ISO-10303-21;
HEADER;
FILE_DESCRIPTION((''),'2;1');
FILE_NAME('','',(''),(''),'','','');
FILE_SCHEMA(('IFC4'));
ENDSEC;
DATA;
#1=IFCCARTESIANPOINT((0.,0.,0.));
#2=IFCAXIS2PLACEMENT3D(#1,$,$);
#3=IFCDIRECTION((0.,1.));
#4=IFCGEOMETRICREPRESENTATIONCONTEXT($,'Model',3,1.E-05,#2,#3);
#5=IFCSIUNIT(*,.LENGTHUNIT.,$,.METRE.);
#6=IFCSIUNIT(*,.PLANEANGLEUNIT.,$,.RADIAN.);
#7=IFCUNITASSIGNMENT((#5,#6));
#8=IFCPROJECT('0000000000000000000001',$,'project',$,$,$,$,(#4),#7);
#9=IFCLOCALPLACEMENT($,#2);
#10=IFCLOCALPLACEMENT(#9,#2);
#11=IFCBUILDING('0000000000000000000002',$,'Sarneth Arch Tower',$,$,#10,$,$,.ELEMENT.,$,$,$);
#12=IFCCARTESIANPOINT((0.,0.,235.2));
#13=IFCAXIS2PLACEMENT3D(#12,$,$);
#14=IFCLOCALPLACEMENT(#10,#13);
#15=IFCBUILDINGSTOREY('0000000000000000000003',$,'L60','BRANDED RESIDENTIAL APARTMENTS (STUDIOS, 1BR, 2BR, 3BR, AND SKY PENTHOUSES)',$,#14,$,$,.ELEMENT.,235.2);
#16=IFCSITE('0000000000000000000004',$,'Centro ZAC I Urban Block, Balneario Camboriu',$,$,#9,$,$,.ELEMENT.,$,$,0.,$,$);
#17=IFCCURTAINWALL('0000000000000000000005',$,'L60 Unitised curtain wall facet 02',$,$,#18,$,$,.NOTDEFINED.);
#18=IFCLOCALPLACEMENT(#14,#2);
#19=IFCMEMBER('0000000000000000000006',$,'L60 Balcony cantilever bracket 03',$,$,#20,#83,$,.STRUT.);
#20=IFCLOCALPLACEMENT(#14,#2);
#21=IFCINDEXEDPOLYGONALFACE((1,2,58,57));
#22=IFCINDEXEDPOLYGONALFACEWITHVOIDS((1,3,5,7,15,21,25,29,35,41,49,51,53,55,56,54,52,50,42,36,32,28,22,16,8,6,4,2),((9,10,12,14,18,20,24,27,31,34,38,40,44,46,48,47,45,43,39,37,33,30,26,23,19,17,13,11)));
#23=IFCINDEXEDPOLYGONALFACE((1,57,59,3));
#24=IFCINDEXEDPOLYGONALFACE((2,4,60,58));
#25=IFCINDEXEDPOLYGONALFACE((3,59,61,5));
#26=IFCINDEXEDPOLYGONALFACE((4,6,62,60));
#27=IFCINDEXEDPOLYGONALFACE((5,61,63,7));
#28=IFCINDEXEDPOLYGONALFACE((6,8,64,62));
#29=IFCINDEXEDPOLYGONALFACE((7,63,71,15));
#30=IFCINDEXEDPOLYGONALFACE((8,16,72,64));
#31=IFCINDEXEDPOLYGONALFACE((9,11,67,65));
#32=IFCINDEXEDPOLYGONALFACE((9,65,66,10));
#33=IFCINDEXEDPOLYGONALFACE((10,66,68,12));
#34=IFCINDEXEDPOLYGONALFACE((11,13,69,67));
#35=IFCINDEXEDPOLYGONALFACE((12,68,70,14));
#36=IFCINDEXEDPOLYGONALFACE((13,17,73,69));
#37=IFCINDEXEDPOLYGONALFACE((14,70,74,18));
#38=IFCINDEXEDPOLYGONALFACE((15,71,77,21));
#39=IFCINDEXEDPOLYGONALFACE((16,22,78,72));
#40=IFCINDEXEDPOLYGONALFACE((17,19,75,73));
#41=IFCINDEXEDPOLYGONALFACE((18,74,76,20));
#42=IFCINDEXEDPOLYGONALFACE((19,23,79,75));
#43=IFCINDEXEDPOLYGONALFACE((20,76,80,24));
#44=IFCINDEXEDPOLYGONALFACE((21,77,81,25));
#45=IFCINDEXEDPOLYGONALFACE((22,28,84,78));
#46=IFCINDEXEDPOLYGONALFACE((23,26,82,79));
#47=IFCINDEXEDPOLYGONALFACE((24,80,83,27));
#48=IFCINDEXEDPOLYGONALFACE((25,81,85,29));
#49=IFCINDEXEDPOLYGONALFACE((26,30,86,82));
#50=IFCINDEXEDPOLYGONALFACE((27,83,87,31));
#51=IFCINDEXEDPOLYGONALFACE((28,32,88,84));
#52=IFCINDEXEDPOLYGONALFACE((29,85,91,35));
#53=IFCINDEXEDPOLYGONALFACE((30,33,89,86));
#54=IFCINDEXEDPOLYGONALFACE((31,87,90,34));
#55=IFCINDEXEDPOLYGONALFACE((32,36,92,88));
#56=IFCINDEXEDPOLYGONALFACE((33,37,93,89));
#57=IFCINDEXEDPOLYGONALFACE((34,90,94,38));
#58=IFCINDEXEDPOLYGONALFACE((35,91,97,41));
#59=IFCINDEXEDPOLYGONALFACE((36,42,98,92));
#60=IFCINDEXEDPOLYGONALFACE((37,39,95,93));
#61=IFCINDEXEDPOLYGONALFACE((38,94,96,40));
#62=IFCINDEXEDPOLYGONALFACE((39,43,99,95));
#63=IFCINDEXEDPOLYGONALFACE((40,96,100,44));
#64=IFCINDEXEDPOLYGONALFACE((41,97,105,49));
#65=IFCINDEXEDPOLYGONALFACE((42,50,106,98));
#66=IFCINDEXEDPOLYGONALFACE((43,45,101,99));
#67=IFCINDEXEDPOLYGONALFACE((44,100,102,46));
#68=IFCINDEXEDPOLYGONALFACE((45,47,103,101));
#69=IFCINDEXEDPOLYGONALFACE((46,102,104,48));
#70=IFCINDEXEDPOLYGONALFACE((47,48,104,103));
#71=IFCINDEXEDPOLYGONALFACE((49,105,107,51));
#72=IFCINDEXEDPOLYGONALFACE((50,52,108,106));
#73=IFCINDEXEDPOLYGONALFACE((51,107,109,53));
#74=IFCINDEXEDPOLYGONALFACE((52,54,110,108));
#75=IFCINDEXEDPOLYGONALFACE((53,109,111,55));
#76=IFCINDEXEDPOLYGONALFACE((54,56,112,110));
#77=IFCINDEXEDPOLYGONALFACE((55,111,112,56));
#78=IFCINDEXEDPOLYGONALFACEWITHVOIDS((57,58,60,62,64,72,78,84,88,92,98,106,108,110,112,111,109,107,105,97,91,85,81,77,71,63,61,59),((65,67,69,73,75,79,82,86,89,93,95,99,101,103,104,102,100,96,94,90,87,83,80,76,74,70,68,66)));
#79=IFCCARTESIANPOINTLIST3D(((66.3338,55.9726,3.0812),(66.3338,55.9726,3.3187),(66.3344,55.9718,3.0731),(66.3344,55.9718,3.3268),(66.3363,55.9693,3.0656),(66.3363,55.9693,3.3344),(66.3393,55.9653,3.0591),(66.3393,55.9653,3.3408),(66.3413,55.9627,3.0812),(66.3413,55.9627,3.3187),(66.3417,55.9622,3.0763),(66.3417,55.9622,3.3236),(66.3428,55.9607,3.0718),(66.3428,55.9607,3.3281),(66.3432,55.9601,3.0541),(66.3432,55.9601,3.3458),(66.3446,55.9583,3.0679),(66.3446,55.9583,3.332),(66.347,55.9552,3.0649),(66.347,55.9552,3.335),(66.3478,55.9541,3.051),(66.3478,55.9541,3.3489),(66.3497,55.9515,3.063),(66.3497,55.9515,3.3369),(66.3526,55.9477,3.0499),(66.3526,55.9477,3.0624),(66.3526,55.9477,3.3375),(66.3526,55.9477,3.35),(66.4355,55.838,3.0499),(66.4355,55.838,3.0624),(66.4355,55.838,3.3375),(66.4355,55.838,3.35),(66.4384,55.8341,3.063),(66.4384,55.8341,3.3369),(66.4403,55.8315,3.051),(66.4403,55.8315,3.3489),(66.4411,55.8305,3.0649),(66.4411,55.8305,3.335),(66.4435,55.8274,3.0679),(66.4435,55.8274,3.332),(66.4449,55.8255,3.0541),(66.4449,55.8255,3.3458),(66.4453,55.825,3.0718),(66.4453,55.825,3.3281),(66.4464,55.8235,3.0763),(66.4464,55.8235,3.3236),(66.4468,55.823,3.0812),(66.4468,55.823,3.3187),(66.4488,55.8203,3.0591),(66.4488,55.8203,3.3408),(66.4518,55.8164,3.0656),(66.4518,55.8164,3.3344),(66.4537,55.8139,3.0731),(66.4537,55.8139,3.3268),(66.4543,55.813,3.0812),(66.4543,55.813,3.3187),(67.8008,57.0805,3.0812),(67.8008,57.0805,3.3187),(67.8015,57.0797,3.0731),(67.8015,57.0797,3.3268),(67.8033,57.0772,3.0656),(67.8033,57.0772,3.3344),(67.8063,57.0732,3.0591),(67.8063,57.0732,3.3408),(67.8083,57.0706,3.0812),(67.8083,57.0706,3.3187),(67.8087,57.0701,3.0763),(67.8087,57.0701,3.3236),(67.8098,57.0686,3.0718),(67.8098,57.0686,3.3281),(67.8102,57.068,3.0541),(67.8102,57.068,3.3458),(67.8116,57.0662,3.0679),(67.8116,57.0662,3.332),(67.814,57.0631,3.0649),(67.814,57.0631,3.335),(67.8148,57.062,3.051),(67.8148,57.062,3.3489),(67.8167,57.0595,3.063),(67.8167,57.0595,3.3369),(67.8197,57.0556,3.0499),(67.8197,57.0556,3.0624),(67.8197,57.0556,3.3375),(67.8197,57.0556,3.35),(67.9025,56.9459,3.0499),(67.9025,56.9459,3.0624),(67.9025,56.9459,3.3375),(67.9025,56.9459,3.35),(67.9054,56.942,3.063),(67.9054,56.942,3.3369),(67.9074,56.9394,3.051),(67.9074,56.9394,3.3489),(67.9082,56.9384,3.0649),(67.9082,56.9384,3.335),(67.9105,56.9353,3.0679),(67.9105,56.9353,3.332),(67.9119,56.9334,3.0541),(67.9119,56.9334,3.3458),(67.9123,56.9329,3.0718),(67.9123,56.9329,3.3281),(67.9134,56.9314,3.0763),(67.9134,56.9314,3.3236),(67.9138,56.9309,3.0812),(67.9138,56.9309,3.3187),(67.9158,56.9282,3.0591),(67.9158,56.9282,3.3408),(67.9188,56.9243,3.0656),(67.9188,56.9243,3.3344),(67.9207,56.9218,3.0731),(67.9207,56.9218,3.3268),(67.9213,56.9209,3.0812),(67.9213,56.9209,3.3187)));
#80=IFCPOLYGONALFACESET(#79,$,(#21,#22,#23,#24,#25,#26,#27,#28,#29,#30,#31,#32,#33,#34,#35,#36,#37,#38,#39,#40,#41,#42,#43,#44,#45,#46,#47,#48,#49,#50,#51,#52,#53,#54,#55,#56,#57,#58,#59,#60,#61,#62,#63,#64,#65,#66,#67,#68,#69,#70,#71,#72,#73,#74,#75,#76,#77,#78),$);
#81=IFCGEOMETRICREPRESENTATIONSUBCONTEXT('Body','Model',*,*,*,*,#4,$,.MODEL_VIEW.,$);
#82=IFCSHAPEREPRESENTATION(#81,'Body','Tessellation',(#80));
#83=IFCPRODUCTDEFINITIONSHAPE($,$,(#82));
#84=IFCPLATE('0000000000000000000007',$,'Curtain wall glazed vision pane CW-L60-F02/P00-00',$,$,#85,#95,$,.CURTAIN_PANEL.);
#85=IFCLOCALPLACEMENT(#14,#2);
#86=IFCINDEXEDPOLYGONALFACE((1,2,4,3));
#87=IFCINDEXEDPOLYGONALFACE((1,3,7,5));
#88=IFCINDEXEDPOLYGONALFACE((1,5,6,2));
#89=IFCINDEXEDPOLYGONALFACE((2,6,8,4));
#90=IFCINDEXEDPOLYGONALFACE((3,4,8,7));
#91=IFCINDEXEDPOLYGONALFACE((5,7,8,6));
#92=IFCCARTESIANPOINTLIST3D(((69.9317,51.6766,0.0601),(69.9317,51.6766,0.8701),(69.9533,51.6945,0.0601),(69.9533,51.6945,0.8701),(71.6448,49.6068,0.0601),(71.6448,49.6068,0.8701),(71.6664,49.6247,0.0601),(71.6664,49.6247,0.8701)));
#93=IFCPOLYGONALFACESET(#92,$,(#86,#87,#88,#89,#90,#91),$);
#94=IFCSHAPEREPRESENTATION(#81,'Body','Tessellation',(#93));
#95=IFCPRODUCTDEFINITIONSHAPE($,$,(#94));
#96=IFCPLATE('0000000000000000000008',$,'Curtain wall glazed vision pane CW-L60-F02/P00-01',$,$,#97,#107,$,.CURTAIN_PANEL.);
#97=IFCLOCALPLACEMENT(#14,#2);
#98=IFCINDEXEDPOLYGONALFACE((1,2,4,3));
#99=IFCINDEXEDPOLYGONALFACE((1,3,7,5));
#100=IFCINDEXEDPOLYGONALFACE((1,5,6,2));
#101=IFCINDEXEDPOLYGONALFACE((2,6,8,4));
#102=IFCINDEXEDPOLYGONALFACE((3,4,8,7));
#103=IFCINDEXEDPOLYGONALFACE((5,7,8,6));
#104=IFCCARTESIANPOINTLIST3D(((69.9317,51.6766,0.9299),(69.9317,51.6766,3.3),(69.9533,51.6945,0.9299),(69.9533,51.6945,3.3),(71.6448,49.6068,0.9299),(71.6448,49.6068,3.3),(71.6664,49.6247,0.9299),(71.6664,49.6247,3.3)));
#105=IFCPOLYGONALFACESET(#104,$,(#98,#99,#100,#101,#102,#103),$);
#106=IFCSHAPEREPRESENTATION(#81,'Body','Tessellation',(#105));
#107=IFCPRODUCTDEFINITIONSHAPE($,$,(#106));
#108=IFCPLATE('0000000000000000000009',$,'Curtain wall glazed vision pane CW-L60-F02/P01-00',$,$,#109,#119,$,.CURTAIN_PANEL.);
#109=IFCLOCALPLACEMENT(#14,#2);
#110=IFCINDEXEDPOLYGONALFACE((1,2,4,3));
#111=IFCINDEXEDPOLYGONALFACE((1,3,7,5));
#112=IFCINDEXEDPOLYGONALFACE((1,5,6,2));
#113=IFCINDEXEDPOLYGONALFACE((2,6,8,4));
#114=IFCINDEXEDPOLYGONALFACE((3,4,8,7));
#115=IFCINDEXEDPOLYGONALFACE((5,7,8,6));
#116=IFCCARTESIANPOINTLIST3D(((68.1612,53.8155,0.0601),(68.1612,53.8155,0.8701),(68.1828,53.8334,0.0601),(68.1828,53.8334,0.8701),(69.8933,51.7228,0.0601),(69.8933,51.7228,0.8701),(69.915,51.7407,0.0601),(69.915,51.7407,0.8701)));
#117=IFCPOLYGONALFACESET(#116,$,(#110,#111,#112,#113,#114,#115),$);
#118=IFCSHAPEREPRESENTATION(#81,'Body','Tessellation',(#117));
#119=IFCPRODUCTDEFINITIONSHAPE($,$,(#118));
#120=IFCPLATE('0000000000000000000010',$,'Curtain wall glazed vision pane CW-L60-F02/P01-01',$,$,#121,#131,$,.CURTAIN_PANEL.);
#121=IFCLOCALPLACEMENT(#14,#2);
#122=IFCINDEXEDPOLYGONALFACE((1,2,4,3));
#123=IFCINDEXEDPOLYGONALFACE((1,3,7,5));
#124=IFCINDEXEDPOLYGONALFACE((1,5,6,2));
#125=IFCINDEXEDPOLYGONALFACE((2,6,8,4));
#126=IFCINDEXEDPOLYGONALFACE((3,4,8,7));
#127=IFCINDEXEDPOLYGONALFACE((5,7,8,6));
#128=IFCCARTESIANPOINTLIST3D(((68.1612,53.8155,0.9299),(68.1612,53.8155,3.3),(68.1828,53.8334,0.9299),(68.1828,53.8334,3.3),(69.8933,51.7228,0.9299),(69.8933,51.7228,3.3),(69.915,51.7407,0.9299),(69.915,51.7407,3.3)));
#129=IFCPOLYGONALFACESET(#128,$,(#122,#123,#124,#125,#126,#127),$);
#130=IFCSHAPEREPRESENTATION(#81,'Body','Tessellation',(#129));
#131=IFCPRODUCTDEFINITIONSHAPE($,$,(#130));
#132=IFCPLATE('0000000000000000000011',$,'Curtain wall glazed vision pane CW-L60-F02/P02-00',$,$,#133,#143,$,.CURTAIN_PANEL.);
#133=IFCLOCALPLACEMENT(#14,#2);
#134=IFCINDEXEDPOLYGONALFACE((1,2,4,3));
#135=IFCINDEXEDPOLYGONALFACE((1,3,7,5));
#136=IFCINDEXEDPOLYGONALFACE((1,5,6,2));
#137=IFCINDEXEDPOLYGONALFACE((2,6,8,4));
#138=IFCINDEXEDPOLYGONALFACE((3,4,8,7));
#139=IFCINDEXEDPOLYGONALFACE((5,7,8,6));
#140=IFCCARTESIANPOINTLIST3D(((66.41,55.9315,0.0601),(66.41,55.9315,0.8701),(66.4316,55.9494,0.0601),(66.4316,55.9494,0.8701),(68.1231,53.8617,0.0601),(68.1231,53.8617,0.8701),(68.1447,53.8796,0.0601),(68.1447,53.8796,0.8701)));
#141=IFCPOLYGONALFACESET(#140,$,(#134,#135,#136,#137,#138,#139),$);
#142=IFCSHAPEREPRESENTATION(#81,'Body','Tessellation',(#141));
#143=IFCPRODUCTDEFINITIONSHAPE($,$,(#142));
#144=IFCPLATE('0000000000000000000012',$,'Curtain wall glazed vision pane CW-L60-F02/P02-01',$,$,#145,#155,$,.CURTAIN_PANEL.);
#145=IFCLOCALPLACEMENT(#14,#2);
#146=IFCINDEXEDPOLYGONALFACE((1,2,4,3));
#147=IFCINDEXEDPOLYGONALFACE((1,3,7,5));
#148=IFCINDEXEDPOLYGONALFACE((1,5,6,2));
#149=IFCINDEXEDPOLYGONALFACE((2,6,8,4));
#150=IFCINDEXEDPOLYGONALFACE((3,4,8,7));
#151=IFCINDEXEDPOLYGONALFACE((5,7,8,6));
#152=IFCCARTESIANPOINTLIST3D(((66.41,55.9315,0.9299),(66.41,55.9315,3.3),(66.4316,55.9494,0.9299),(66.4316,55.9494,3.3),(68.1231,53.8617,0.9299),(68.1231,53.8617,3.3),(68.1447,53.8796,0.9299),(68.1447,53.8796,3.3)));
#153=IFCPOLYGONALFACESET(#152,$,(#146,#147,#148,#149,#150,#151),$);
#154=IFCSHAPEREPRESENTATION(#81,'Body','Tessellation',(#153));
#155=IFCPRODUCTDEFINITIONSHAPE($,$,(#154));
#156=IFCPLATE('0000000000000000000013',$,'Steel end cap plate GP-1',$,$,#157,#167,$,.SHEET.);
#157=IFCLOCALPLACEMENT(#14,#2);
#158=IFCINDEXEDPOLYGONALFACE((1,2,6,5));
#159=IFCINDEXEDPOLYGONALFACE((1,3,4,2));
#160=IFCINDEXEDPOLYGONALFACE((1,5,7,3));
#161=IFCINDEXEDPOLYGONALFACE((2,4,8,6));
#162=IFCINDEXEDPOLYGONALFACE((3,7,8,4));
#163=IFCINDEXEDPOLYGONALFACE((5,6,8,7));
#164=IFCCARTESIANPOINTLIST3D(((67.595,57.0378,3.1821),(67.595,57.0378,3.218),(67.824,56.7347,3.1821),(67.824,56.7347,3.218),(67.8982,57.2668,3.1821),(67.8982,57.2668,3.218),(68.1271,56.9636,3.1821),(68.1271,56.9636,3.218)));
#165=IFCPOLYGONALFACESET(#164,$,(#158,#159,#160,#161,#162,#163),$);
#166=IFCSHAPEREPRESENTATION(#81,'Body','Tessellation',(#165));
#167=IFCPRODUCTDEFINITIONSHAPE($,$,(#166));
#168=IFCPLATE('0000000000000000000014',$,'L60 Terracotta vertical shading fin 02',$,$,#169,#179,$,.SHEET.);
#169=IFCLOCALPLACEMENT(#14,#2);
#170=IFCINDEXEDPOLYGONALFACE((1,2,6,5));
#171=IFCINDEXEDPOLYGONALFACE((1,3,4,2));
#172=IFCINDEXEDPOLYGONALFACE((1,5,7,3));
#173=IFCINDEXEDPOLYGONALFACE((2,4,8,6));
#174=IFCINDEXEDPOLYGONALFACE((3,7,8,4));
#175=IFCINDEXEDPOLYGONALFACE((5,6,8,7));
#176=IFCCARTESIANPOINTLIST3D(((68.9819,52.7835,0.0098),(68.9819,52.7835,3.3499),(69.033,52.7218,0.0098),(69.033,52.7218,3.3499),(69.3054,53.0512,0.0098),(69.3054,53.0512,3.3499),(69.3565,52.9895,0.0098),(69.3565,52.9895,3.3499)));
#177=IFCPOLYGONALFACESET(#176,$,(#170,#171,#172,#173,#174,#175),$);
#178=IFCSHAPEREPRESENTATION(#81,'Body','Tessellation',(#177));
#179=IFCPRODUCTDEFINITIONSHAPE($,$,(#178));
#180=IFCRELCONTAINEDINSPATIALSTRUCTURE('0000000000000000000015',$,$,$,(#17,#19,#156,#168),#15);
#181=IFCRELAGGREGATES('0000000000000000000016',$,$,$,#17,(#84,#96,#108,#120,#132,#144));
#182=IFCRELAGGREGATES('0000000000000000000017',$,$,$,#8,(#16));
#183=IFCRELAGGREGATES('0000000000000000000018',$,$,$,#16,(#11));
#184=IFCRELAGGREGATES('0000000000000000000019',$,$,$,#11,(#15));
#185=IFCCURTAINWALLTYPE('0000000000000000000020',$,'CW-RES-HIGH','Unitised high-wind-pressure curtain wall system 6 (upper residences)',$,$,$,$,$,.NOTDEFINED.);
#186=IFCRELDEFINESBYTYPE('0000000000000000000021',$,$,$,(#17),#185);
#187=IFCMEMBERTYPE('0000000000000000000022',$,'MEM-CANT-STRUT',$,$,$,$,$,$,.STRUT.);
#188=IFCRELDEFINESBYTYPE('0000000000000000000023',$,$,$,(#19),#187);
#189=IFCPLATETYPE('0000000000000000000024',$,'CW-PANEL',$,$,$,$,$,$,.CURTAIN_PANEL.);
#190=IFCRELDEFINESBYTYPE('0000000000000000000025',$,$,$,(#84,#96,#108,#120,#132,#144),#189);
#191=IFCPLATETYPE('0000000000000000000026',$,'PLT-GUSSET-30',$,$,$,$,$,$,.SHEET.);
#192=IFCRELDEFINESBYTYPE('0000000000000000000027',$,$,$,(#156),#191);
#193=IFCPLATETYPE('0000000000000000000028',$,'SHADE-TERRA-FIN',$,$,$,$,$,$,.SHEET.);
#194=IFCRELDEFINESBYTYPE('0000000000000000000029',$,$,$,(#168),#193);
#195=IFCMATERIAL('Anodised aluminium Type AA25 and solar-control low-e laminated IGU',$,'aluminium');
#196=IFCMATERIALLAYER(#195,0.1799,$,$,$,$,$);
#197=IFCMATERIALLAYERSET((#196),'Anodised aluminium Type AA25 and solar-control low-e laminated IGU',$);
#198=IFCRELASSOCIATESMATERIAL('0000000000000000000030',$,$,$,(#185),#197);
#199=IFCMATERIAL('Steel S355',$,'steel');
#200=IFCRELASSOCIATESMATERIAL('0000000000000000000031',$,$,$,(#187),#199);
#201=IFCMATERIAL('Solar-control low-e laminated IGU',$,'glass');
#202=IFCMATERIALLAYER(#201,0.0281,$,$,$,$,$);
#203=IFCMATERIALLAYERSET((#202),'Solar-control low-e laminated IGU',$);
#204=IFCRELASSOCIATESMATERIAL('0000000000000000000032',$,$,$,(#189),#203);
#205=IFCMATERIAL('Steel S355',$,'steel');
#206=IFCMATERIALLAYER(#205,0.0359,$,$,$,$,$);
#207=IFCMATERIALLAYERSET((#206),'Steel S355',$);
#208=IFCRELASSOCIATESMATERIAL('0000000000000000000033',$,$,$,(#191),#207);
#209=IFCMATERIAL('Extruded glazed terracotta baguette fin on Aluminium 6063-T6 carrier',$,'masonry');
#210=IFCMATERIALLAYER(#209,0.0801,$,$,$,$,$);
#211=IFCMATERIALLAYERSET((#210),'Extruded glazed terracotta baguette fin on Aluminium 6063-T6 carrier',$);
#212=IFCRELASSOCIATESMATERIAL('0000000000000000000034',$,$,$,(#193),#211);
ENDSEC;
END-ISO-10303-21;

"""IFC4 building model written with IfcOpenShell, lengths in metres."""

from ifc_helpers import new_model, si_unit, direction, frame, origin, origin_2d, place, context, subcontext, project, spatial, rectangle, hollow_rectangle, extrude, material, layer, layer_set, material_profile, profile_set, type_object, element, aggregate, save


model = new_model("IFC4")

# Units and contexts
model_context = context("Model", 3, precision=1e-05, world=origin(), true_north=direction((0.0, 1.0)))
body_context = subcontext(model_context, "Body", "Model", "MODEL_VIEW")
ifc_project = project(units=[si_unit("LENGTHUNIT", "METRE"), si_unit("PLANEANGLEUNIT", "RADIAN")], contexts=[model_context])

# Site, building, storey
site_placement = place(None, origin())
site = spatial("IfcSite", under=ifc_project, at=site_placement, Name="Centro ZAC I Urban Block, Balneario Camboriu", CompositionType="ELEMENT", RefElevation=0.0)
building_placement = place(site_placement, origin())
building = spatial("IfcBuilding", under=site, at=building_placement, Name="Sarneth Arch Tower", CompositionType="ELEMENT")
storey_placement = place(building_placement, frame((0.0, 0.0, 235.2)))
storey = spatial("IfcBuildingStorey", under=building, at=storey_placement, Name="L60", Description="BRANDED RESIDENTIAL APARTMENTS (STUDIOS, 1BR, 2BR, 3BR, AND SKY PENTHOUSES)", CompositionType="ELEMENT", Elevation=235.2)

# Curtain wall
ifc_material_1 = material(Name="Anodised aluminium Type AA25 and solar-control low-e laminated IGU", Category="aluminium")
ifc_layer_1 = layer(ifc_material_1, 0.1799)
ifc_layer_set_1 = layer_set([ifc_layer_1], Name="Anodised aluminium Type AA25 and solar-control low-e laminated IGU")
curtain_wall_type = type_object("IfcCurtainWallType", Name="CW-RES-HIGH", Description="Unitised high-wind-pressure curtain wall system 6 (upper residences)", PredefinedType="NOTDEFINED", material=ifc_layer_set_1)
curtain_wall_placement = place(storey_placement, origin())
curtain_wall = element("IfcCurtainWall", 1, at=curtain_wall_placement, inside=storey, type_object=curtain_wall_type, Name="L60 Unitised curtain wall facet 02", PredefinedType="NOTDEFINED")

# Member
ifc_material_2 = material(Name="Steel S355", Category="steel")
ifc_material_profile_1 = material_profile(ifc_material_2, hollow_rectangle(XDim=0.2, YDim=0.3, WallThickness=0.0125, InnerFilletRadius=0.0188, OuterFilletRadius=0.0312, at=origin_2d()), Name="RHS300x200x12.5")
ifc_profile_set_1 = profile_set([ifc_material_profile_1], Name="Steel S355")
member_type_1 = type_object("IfcMemberType", Name="MEM-CANT-STRUT", PredefinedType="STRUT", material=ifc_profile_set_1)
member_1_placement = place(storey_placement, frame((66.394, 55.8928, 3.2), z_axis=(0.798004, 0.602653, 0.0), x_axis=(-0.602653, 0.798004, 0.0)))
element("IfcMember", 2, at=member_1_placement, inside=storey, type_object=member_type_1, Name="L60 Balcony cantilever bracket 03", PredefinedType="STRUT", context=body_context, shape_type="SweptSolid", body=[
    extrude(hollow_rectangle(XDim=0.2, YDim=0.3, WallThickness=0.0125, InnerFilletRadius=0.0188, OuterFilletRadius=0.0312, at=origin_2d()), origin(), (0.0, 0.0, 1.0), 1.8384),
])

# Plates
ifc_material_3 = material(Name="Solar-control low-e laminated IGU", Category="glass")
ifc_layer_2 = layer(ifc_material_3, 0.0281)
ifc_layer_set_2 = layer_set([ifc_layer_2], Name="Solar-control low-e laminated IGU")
plate_type_1 = type_object("IfcPlateType", Name="CW-PANEL", PredefinedType="CURTAIN_PANEL", material=ifc_layer_set_2)
plate_1_placement = place(storey_placement, frame((70.7991, 50.6506, 0.0601), z_axis=(0.0, 0.0, 1.0), x_axis=(-0.63761, 0.770359, 0.0)))
plate_1 = element("IfcPlate", 3, at=plate_1_placement, type_object=plate_type_1, Name="Curtain wall glazed vision pane CW-L60-F02/P00-00", PredefinedType="CURTAIN_PANEL", context=body_context, shape_type="SweptSolid", body=[
    extrude(rectangle(XDim=2.6868, YDim=0.0281, at=origin_2d()), origin(), (0.0, 0.0, 1.0), 0.8101),
])
plate_2_placement = place(storey_placement, frame((70.7991, 50.6506, 0.9299), z_axis=(0.0, 0.0, 1.0), x_axis=(-0.63761, 0.770359, 0.0)))
plate_2 = element("IfcPlate", 4, at=plate_2_placement, type_object=plate_type_1, Name="Curtain wall glazed vision pane CW-L60-F02/P00-01", PredefinedType="CURTAIN_PANEL", context=body_context, shape_type="SweptSolid", body=[
    extrude(rectangle(XDim=2.6868, YDim=0.0281, at=origin_2d()), origin(), (0.0, 0.0, 1.0), 2.3701),
])
plate_3_placement = place(storey_placement, frame((69.0381, 52.7781, 0.0601), z_axis=(0.0, 0.0, 1.0), x_axis=(-0.63761, 0.770359, 0.0)))
plate_3 = element("IfcPlate", 5, at=plate_3_placement, type_object=plate_type_1, Name="Curtain wall glazed vision pane CW-L60-F02/P01-00", PredefinedType="CURTAIN_PANEL", context=body_context, shape_type="SweptSolid", body=[
    extrude(rectangle(XDim=2.7166, YDim=0.0281, at=origin_2d()), origin(), (0.0, 0.0, 1.0), 0.8101),
])
plate_4_placement = place(storey_placement, frame((69.0381, 52.7781, 0.9299), z_axis=(0.0, 0.0, 1.0), x_axis=(-0.63761, 0.770359, 0.0)))
plate_4 = element("IfcPlate", 6, at=plate_4_placement, type_object=plate_type_1, Name="Curtain wall glazed vision pane CW-L60-F02/P01-01", PredefinedType="CURTAIN_PANEL", context=body_context, shape_type="SweptSolid", body=[
    extrude(rectangle(XDim=2.7166, YDim=0.0281, at=origin_2d()), origin(), (0.0, 0.0, 1.0), 2.3701),
])
plate_5_placement = place(storey_placement, frame((67.2773, 54.9055, 0.0601), z_axis=(0.0, 0.0, 1.0), x_axis=(-0.63761, 0.770359, 0.0)))
plate_5 = element("IfcPlate", 7, at=plate_5_placement, type_object=plate_type_1, Name="Curtain wall glazed vision pane CW-L60-F02/P02-00", PredefinedType="CURTAIN_PANEL", context=body_context, shape_type="SweptSolid", body=[
    extrude(rectangle(XDim=2.6868, YDim=0.0281, at=origin_2d()), origin(), (0.0, 0.0, 1.0), 0.8101),
])
plate_6_placement = place(storey_placement, frame((67.2773, 54.9055, 0.9299), z_axis=(0.0, 0.0, 1.0), x_axis=(-0.63761, 0.770359, 0.0)))
plate_6 = element("IfcPlate", 8, at=plate_6_placement, type_object=plate_type_1, Name="Curtain wall glazed vision pane CW-L60-F02/P02-01", PredefinedType="CURTAIN_PANEL", context=body_context, shape_type="SweptSolid", body=[
    extrude(rectangle(XDim=2.6868, YDim=0.0281, at=origin_2d()), origin(), (0.0, 0.0, 1.0), 2.3701),
])
aggregate(curtain_wall, [plate_1, plate_2, plate_3, plate_4, plate_5, plate_6])

# Plates
ifc_material_4 = material(Name="Steel S355", Category="steel")
ifc_layer_3 = layer(ifc_material_4, 0.0359)
ifc_layer_set_3 = layer_set([ifc_layer_3], Name="Steel S355")
plate_type_2 = type_object("IfcPlateType", Name="PLT-GUSSET-30", PredefinedType="SHEET", material=ifc_layer_set_3)
plate_7_placement = place(storey_placement, frame((67.8611, 57.0007, 3.1821), z_axis=(0.0, 0.0, 1.0), x_axis=(0.798005, 0.602651, 0.0)))
element("IfcPlate", 9, at=plate_7_placement, inside=storey, type_object=plate_type_2, Name="Steel end cap plate GP-1", PredefinedType="SHEET", context=body_context, shape_type="SweptSolid", body=[
    extrude(rectangle(XDim=0.3799, YDim=0.3799, at=origin_2d()), origin(), (0.0, 0.0, 1.0), 0.0359),
])
ifc_material_5 = material(Name="Extruded glazed terracotta baguette fin on Aluminium 6063-T6 carrier", Category="masonry")
ifc_layer_4 = layer(ifc_material_5, 0.0801)
ifc_layer_set_4 = layer_set([ifc_layer_4], Name="Extruded glazed terracotta baguette fin on Aluminium 6063-T6 carrier")
plate_type_3 = type_object("IfcPlateType", Name="SHADE-TERRA-FIN", PredefinedType="SHEET", material=ifc_layer_set_4)
plate_8_placement = place(storey_placement, frame((69.1692, 52.8865, 0.0098), z_axis=(0.0, 0.0, 1.0), x_axis=(0.770402, 0.637558, 0.0)))
element("IfcPlate", 10, at=plate_8_placement, inside=storey, type_object=plate_type_3, Name="L60 Terracotta vertical shading fin 02", PredefinedType="SHEET", context=body_context, shape_type="SweptSolid", body=[
    extrude(rectangle(XDim=0.4199, YDim=0.0801, at=origin_2d()), origin(), (0.0, 0.0, 1.0), 3.3401),
])

save(model, "model.ifc")
